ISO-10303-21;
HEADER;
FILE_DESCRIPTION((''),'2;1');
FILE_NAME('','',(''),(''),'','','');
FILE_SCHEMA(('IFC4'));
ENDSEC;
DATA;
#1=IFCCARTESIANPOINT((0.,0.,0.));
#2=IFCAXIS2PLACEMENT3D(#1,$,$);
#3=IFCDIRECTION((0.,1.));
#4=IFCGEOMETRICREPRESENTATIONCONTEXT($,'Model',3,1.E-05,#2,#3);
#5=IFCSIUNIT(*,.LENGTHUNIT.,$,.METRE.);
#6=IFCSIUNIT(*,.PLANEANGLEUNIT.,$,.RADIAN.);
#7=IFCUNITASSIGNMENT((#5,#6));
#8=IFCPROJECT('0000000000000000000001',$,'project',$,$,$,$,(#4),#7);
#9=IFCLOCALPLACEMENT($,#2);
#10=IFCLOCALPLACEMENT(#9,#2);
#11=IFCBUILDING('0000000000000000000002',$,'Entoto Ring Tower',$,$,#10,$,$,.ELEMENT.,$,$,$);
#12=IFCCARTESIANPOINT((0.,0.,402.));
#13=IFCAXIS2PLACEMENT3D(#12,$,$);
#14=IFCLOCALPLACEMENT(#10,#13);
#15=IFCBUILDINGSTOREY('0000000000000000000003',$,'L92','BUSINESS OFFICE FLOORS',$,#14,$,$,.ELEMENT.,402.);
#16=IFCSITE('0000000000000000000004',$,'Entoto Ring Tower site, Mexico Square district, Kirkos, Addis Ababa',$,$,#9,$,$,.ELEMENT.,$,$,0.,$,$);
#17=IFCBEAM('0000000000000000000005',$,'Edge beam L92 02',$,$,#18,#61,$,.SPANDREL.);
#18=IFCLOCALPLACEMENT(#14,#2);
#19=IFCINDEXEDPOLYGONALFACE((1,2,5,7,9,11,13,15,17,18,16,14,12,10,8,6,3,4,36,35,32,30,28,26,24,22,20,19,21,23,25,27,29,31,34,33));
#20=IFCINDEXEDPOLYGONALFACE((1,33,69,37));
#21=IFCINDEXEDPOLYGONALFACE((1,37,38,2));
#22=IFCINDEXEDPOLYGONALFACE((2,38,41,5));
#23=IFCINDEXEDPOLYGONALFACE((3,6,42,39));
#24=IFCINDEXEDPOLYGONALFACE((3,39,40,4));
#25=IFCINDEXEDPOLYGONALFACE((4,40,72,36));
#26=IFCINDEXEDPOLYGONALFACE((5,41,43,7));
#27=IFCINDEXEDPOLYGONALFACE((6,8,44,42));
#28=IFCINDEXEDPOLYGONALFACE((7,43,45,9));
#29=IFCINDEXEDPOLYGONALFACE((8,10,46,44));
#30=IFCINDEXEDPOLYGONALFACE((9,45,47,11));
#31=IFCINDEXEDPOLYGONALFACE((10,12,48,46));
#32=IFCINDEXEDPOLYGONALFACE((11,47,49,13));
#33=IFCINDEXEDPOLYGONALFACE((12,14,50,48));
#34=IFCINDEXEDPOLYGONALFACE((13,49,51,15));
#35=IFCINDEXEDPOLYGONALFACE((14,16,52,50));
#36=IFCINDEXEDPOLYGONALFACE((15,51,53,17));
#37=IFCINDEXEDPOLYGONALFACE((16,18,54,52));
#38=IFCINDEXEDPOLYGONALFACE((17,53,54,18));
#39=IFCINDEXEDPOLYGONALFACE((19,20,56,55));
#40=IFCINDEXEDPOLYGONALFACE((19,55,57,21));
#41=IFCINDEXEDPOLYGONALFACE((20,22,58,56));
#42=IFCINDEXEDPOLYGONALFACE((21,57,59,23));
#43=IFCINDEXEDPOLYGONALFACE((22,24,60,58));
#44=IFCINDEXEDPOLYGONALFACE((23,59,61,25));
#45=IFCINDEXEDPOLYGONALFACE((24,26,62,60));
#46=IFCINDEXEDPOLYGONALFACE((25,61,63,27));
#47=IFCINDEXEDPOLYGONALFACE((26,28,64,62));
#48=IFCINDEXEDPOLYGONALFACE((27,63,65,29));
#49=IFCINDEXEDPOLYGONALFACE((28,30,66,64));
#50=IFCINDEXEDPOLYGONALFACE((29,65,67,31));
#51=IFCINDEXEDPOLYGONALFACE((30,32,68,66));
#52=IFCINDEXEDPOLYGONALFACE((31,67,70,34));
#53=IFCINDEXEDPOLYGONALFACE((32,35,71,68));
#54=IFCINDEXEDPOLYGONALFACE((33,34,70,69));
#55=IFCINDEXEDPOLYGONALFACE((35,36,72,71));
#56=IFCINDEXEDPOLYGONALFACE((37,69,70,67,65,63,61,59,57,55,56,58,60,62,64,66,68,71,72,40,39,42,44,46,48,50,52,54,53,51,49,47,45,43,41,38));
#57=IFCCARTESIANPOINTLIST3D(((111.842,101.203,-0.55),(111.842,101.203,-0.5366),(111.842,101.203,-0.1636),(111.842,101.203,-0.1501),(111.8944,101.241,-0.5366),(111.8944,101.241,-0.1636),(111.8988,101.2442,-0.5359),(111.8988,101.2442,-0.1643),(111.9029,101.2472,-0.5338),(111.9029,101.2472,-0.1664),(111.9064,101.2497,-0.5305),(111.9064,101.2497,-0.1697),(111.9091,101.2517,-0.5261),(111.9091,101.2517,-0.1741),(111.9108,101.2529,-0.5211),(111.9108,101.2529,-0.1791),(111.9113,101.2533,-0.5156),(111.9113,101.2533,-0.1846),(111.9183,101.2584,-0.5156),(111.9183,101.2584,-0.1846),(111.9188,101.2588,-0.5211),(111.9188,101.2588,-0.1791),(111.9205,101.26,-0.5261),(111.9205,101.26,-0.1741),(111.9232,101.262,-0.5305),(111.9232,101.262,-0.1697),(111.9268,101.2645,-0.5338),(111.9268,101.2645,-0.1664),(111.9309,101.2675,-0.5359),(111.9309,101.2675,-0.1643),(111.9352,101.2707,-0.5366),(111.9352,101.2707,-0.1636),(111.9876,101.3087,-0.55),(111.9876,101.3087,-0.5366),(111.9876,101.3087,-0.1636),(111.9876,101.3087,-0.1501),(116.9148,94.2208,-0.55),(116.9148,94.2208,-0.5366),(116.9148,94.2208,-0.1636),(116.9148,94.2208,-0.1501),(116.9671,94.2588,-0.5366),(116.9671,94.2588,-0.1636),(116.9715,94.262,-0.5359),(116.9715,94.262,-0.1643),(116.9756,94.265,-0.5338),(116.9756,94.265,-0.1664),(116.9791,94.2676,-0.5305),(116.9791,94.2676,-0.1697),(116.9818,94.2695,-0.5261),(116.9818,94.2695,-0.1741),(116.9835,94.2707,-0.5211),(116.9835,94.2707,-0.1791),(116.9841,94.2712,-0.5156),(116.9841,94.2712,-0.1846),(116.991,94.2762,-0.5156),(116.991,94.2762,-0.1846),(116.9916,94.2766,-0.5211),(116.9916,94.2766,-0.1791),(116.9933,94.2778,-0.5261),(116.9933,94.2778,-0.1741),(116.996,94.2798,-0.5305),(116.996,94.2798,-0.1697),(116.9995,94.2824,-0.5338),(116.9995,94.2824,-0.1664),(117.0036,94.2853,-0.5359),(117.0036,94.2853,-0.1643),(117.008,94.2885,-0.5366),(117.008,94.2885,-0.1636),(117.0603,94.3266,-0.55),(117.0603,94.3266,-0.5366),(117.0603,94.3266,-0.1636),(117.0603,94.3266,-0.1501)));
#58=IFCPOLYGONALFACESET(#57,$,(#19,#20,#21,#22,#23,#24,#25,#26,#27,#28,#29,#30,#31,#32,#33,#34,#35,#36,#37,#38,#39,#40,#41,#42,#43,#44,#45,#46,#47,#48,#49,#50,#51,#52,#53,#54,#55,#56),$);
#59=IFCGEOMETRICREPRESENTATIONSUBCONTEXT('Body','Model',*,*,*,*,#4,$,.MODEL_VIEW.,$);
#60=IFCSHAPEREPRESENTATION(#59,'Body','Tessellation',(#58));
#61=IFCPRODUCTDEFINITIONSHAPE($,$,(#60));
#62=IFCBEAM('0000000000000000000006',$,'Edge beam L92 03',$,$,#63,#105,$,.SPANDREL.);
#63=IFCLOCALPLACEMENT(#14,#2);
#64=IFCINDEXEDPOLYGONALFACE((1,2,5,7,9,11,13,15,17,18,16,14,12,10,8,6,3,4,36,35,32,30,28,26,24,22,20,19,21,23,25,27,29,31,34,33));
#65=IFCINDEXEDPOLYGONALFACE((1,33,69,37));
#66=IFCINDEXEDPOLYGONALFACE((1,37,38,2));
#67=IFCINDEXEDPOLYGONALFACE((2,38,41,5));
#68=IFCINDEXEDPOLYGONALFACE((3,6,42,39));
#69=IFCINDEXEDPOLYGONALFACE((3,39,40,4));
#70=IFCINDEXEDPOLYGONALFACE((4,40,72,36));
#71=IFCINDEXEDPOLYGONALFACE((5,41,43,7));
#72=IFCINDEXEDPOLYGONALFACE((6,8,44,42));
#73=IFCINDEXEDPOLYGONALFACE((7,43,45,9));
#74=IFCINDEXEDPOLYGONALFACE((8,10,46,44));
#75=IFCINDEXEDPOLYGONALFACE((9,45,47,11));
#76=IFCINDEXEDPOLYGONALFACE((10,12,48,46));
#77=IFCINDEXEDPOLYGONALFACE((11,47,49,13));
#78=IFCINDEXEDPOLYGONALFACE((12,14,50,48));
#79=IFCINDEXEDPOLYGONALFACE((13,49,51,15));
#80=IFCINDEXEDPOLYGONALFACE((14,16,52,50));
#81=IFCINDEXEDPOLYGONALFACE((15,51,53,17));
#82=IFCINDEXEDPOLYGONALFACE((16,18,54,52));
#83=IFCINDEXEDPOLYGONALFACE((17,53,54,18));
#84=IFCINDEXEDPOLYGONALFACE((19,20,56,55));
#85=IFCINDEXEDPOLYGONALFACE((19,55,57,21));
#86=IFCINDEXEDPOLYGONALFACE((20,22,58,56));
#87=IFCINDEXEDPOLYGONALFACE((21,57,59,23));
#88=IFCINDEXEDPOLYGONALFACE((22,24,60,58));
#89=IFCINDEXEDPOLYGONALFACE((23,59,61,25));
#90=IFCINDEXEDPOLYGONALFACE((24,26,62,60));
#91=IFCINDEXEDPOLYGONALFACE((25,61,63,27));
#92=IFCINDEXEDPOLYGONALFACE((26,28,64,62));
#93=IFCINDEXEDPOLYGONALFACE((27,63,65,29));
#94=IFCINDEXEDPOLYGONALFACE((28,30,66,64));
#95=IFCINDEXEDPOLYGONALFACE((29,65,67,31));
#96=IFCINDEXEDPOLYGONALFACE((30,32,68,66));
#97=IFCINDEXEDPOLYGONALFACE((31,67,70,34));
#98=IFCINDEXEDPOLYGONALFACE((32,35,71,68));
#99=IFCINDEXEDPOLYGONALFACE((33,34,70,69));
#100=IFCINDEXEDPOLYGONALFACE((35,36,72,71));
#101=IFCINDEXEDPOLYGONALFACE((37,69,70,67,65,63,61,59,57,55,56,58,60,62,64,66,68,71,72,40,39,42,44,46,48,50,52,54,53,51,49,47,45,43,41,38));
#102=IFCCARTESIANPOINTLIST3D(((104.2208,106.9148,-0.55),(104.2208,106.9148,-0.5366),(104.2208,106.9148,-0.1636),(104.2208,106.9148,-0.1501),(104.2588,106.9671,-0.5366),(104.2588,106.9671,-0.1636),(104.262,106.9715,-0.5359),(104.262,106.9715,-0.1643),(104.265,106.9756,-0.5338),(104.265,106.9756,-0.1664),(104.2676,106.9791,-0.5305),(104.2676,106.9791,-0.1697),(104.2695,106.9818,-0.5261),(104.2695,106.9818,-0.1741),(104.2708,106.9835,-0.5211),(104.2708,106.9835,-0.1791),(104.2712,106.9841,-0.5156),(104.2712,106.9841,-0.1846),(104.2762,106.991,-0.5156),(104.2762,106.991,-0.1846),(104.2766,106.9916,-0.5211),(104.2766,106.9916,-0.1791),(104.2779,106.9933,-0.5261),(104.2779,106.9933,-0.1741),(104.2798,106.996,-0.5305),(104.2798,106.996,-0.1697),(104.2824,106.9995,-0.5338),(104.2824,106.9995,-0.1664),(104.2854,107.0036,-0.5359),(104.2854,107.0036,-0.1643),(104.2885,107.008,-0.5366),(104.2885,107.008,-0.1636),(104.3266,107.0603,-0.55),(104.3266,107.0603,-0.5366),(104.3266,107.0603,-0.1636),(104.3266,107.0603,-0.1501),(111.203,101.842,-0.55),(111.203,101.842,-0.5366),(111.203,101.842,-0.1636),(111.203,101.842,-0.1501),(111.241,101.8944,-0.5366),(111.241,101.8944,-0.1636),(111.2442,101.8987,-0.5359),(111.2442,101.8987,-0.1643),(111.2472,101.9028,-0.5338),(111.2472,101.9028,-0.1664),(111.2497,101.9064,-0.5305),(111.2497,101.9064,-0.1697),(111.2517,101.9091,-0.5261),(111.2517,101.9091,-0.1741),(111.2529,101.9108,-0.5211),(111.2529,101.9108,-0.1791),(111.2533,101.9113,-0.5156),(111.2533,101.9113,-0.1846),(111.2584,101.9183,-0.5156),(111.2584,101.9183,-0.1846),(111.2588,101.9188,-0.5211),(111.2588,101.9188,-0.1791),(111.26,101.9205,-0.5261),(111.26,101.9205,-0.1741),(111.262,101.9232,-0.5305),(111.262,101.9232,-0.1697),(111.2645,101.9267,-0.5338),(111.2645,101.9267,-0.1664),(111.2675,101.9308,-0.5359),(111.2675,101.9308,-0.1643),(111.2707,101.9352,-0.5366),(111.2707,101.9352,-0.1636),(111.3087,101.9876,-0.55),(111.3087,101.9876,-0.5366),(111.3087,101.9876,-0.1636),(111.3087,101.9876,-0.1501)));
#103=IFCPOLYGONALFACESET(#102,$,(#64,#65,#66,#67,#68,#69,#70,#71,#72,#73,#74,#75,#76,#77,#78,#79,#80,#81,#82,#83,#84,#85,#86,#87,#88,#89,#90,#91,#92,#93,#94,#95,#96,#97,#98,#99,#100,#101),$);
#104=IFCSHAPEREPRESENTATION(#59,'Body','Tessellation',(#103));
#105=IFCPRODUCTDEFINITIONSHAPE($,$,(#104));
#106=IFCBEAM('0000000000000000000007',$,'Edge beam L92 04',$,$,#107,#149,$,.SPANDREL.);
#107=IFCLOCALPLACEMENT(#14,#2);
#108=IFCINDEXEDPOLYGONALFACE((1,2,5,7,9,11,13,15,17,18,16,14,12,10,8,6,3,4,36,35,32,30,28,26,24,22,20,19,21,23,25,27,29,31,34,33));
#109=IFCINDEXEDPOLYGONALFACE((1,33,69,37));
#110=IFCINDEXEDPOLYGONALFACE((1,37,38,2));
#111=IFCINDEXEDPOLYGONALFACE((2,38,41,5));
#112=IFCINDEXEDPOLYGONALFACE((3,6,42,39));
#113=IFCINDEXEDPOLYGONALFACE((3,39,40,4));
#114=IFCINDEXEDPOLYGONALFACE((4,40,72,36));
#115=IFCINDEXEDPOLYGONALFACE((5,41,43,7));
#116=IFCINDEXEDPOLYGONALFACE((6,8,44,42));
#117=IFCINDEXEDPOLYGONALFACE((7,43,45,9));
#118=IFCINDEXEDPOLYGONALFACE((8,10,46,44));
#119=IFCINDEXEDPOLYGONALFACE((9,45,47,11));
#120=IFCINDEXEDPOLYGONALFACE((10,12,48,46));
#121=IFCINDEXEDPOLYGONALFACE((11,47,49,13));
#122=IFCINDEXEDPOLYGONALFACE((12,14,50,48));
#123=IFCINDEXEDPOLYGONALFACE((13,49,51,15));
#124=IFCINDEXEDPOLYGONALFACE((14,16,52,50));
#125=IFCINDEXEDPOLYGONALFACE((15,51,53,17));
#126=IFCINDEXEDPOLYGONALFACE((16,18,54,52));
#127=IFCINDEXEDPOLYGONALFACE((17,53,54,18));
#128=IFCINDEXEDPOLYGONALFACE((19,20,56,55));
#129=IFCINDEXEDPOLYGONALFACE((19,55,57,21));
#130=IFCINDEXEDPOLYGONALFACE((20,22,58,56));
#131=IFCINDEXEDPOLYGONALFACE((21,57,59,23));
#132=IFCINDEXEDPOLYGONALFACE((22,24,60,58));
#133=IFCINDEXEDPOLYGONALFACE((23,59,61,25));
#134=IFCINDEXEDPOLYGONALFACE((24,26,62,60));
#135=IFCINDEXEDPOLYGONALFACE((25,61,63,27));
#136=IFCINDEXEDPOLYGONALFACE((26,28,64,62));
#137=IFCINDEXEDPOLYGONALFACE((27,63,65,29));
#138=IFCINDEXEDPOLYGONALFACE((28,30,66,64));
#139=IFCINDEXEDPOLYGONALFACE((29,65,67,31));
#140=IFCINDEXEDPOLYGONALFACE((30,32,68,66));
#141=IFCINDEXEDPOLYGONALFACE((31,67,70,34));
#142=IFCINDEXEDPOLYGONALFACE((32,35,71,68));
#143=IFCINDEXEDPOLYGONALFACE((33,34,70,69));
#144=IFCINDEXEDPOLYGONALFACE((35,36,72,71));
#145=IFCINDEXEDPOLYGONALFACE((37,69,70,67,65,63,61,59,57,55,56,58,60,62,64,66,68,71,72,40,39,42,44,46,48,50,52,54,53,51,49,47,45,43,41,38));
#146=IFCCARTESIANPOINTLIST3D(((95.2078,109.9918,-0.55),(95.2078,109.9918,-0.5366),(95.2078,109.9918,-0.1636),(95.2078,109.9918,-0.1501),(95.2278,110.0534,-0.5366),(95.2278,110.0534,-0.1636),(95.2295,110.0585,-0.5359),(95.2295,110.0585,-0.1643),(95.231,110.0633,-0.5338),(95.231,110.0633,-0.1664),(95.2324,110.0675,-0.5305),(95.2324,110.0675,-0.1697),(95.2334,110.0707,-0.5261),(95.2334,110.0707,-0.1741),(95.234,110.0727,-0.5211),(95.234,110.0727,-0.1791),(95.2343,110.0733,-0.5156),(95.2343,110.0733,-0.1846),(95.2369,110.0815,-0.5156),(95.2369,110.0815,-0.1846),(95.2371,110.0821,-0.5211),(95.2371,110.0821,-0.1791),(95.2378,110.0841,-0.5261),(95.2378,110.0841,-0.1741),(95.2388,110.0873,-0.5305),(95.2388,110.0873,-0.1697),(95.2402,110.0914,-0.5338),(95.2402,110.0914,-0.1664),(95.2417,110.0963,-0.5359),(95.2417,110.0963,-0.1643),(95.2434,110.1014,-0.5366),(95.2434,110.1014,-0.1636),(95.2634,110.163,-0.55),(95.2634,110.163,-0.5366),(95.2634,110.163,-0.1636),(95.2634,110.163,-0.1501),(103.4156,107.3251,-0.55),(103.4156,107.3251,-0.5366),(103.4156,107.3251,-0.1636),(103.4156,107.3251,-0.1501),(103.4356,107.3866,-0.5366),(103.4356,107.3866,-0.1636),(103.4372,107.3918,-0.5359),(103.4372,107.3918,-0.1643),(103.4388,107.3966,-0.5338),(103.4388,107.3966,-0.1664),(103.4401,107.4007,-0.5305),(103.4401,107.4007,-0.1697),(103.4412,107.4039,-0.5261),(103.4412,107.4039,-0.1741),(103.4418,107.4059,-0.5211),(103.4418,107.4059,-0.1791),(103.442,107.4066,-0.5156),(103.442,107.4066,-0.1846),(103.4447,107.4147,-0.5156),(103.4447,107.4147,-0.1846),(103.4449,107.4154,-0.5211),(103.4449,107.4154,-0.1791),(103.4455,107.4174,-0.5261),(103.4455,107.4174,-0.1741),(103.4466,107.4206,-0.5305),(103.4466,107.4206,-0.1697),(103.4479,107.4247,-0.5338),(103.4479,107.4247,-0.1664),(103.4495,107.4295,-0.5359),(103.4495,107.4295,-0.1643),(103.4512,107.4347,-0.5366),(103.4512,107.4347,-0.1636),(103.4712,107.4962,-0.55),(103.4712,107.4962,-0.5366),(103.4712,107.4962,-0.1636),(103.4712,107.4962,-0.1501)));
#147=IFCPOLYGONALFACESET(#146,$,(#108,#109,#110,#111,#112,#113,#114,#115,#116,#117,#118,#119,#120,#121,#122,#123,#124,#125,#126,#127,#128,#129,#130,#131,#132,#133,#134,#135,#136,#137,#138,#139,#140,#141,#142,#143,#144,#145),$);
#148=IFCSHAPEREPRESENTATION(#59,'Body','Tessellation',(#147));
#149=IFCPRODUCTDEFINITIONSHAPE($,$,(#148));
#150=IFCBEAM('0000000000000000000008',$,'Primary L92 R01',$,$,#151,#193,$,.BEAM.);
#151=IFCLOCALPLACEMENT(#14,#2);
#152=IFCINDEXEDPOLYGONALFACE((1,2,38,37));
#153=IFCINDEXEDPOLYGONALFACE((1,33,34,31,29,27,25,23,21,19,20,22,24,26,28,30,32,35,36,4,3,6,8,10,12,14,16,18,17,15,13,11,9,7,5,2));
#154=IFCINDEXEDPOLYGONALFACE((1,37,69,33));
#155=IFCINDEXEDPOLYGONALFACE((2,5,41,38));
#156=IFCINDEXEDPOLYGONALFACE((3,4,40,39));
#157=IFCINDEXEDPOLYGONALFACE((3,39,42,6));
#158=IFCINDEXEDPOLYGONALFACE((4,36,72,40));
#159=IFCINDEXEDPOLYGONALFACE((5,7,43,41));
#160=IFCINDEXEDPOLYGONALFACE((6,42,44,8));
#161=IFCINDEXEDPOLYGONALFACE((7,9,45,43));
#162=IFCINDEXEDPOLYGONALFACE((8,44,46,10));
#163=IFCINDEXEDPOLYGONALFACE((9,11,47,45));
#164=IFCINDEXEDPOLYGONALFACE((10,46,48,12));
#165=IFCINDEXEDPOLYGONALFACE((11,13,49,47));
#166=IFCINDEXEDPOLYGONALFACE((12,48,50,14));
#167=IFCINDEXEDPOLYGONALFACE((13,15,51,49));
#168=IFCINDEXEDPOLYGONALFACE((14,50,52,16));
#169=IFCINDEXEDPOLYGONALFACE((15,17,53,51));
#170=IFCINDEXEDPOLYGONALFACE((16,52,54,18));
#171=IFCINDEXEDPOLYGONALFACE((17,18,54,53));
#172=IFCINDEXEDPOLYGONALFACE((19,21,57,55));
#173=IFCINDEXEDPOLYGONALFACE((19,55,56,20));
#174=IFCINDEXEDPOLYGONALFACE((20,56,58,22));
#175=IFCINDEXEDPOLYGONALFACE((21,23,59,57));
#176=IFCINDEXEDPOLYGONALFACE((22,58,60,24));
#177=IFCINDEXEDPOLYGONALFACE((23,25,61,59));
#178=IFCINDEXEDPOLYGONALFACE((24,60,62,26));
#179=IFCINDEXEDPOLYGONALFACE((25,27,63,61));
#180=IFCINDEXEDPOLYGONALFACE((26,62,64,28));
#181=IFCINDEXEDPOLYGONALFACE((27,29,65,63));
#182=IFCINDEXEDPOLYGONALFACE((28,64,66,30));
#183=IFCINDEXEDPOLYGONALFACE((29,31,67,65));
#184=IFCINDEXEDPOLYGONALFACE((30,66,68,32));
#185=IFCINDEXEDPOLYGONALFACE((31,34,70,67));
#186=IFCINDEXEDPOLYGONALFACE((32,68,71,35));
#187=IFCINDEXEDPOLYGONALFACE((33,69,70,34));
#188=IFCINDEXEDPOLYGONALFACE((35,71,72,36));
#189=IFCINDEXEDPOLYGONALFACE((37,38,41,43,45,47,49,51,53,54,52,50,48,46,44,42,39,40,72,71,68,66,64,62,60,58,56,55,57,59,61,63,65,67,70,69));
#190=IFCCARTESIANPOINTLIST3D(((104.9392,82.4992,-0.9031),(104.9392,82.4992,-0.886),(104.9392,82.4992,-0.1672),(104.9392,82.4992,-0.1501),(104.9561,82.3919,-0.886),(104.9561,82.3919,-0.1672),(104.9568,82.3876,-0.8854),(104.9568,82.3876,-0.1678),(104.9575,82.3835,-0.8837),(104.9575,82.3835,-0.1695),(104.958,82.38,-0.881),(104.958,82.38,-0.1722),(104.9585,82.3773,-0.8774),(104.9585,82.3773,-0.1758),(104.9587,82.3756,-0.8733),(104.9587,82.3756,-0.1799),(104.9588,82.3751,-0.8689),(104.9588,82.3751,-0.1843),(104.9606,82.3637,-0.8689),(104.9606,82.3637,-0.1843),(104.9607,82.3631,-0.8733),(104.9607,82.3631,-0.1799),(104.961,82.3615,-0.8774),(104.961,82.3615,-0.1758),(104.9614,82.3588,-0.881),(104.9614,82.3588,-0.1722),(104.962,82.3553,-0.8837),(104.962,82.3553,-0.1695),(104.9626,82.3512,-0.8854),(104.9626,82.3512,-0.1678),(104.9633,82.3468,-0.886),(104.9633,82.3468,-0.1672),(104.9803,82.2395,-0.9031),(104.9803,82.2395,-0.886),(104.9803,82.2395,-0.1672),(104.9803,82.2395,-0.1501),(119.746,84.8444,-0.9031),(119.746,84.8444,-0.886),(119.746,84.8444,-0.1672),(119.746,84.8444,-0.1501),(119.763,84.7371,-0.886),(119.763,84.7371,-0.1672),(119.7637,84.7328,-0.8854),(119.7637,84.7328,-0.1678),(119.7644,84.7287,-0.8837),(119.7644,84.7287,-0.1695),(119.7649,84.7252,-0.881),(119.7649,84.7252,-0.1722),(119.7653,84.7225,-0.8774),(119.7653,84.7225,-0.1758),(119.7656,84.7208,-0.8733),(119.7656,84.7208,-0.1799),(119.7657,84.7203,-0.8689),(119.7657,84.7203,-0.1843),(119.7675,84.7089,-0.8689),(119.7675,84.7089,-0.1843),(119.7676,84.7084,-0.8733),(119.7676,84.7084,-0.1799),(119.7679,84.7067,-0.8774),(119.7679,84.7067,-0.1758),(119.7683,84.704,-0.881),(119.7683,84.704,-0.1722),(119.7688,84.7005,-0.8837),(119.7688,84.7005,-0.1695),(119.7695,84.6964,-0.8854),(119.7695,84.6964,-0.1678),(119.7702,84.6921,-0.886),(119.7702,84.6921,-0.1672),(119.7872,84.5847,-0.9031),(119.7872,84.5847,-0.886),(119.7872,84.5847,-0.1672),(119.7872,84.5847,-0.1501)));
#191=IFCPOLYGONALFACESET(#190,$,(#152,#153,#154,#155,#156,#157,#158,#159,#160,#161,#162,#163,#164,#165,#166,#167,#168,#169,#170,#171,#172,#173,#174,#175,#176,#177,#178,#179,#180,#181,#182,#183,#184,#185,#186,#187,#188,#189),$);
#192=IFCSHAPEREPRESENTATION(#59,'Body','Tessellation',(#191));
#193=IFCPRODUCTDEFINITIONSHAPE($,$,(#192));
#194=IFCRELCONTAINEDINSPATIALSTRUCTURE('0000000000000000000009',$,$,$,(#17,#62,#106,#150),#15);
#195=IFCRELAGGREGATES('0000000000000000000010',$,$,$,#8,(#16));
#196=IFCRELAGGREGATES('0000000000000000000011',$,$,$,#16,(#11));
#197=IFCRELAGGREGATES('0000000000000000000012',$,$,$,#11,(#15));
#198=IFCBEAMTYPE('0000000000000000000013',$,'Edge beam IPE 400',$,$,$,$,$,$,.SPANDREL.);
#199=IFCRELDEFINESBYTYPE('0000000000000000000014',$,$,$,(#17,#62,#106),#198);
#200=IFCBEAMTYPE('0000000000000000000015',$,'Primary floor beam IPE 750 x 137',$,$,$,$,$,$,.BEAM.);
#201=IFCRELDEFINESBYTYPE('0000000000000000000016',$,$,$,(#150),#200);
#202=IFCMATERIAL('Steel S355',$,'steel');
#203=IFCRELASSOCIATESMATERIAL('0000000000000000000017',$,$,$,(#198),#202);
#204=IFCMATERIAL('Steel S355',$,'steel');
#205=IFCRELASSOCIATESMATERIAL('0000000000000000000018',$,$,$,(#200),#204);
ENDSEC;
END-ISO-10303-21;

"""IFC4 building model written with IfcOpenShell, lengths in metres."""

from ifc_helpers import new_model, si_unit, direction, frame, origin, origin_2d, place, context, subcontext, project, spatial, i_section, extrude, material, material_profile, profile_set, type_object, element, save


model = new_model("IFC4")

# Units and contexts
model_context = context("Model", 3, precision=1e-05, world=origin(), true_north=direction((0.0, 1.0)))
body_context = subcontext(model_context, "Body", "Model", "MODEL_VIEW")
ifc_project = project(units=[si_unit("LENGTHUNIT", "METRE"), si_unit("PLANEANGLEUNIT", "RADIAN")], contexts=[model_context])

# Site, building, storey
site_placement = place(None, origin())
site = spatial("IfcSite", under=ifc_project, at=site_placement, Name="Entoto Ring Tower site, Mexico Square district, Kirkos, Addis Ababa", CompositionType="ELEMENT", RefElevation=0.0)
building_placement = place(site_placement, origin())
building = spatial("IfcBuilding", under=site, at=building_placement, Name="Entoto Ring Tower", CompositionType="ELEMENT")
storey_placement = place(building_placement, frame((0.0, 0.0, 402.0)))
storey = spatial("IfcBuildingStorey", under=building, at=storey_placement, Name="L92", Description="BUSINESS OFFICE FLOORS", CompositionType="ELEMENT", Elevation=402.0)

# Beams
ifc_material_1 = material(Name="Steel S355", Category="steel")
ifc_material_profile_1 = material_profile(ifc_material_1, i_section(OverallWidth=0.1799, OverallDepth=0.3999, WebThickness=0.0085, FlangeThickness=0.0134, FilletRadius=0.021, at=origin_2d()), Name="IPE 400")
ifc_profile_set_1 = profile_set([ifc_material_profile_1], Name="Steel S355")
beam_type_1 = type_object("IfcBeamType", Name="Edge beam IPE 400", PredefinedType="SPANDREL", material=ifc_profile_set_1)
for number, where, z_axis, x_axis, name in (
    (1, (116.9875, 94.2737, -0.3501), (-0.587778, 0.809022, 0.0), (-0.809022, -0.587778, 0.0), "Edge beam L92 02"),
    (2, (111.2559, 101.9148, -0.3501), (-0.809022, 0.587778, 0.0), (-0.587778, -0.809022, 0.0), "Edge beam L92 03"),
):
    element("IfcBeam", number, at=place(storey_placement, frame(where, z_axis=z_axis, x_axis=x_axis)), inside=storey, type_object=beam_type_1, Name=name, PredefinedType="SPANDREL", context=body_context, shape_type="SweptSolid", body=[
        extrude(i_section(OverallWidth=0.1799, OverallDepth=0.3999, WebThickness=0.0085, FlangeThickness=0.0134, FilletRadius=0.021, at=origin_2d()), origin(), (0.0, 0.0, 1.0), 8.6304),
    ])
beam_1_placement = place(storey_placement, frame((103.4434, 107.4106, -0.3501), z_axis=(-0.95106, 0.309005, 0.0), x_axis=(-0.309005, -0.95106, 0.0)))
element("IfcBeam", 3, at=beam_1_placement, inside=storey, type_object=beam_type_1, Name="Edge beam L92 04", PredefinedType="SPANDREL", context=body_context, shape_type="SweptSolid", body=[
    extrude(i_section(OverallWidth=0.1799, OverallDepth=0.3999, WebThickness=0.0085, FlangeThickness=0.0134, FilletRadius=0.021, at=origin_2d()), origin(), (0.0, 0.0, 1.0), 8.6301),
])
ifc_material_2 = material(Name="Steel S355", Category="steel")
ifc_material_profile_2 = material_profile(ifc_material_2, i_section(OverallWidth=0.2629, OverallDepth=0.7529, WebThickness=0.0115, FlangeThickness=0.0171, FilletRadius=0.0171, at=origin_2d()), Name="IPE 750 x 137")
ifc_profile_set_2 = profile_set([ifc_material_profile_2], Name="Steel S355")
beam_type_2 = type_object("IfcBeamType", Name="Primary floor beam IPE 750 x 137", PredefinedType="BEAM", material=ifc_profile_set_2)
beam_2_placement = place(storey_placement, frame((104.9597, 82.3694, -0.5266), z_axis=(0.987688, 0.156437, 0.0), x_axis=(-0.156437, 0.987688, 0.0)))
element("IfcBeam", 4, at=beam_2_placement, inside=storey, type_object=beam_type_2, Name="Primary L92 R01", PredefinedType="BEAM", context=body_context, shape_type="SweptSolid", body=[
    extrude(i_section(OverallWidth=0.2629, OverallDepth=0.7529, WebThickness=0.0115, FlangeThickness=0.0171, FilletRadius=0.0171, at=origin_2d()), origin(), (0.0, 0.0, 1.0), 14.9915),
])

save(model, "model.ifc")
